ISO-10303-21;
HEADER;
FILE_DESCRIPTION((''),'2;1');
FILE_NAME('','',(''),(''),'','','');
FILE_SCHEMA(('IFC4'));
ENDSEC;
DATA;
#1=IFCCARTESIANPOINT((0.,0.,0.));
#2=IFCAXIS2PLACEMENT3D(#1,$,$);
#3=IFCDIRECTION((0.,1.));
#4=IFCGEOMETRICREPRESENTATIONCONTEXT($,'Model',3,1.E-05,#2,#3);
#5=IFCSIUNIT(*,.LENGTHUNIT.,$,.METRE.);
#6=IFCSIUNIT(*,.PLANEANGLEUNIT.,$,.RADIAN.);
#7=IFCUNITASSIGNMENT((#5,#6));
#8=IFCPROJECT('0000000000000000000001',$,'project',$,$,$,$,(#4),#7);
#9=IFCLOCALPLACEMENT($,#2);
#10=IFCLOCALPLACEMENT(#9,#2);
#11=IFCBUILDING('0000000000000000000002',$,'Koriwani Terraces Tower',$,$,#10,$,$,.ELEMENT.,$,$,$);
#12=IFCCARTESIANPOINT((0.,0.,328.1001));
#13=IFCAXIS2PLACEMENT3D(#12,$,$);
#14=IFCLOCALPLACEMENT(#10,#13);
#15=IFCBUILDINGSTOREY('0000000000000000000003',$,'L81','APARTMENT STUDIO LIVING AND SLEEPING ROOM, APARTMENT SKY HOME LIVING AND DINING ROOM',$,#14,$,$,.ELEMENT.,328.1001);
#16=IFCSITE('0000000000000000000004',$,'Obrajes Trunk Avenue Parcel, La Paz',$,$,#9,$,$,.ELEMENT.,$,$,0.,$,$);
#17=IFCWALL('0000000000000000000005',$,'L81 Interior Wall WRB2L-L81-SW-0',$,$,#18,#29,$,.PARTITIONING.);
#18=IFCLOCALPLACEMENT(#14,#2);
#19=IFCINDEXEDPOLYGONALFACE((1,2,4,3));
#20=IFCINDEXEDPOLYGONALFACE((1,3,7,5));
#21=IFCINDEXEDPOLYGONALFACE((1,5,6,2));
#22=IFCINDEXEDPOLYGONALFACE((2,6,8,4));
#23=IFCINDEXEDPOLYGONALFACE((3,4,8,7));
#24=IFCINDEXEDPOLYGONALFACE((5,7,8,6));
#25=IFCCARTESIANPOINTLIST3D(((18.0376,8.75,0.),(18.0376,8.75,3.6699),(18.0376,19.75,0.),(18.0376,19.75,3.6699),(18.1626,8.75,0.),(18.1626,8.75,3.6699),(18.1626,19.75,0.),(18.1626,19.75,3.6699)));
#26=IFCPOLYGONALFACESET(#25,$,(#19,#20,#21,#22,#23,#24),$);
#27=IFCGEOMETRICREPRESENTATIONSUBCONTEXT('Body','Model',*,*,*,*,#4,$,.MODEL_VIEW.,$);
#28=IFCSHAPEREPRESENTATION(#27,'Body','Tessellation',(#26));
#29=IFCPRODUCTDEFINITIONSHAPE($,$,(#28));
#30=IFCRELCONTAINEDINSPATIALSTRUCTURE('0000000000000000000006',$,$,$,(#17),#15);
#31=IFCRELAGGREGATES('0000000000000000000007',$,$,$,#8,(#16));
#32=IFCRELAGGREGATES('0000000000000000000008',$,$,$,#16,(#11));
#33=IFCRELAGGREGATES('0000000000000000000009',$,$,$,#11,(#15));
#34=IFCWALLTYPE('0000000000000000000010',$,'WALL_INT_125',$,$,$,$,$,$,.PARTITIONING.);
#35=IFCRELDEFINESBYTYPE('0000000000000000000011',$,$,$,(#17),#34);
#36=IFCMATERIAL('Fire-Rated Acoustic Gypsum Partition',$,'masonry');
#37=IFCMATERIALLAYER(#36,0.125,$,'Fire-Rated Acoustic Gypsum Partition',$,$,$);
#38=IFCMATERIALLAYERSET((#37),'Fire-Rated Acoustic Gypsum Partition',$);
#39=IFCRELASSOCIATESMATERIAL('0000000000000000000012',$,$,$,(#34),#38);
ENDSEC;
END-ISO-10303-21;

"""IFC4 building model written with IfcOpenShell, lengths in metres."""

from ifc_helpers import new_model, si_unit, direction, frame, frame_2d, origin, place, context, subcontext, project, spatial, rectangle, extrude, material, layer, layer_set, type_object, element, save


model = new_model("IFC4")

# Units and contexts
model_context = context("Model", 3, precision=1e-05, world=origin(), true_north=direction((0.0, 1.0)))
body_context = subcontext(model_context, "Body", "Model", "MODEL_VIEW")
ifc_project = project(units=[si_unit("LENGTHUNIT", "METRE"), si_unit("PLANEANGLEUNIT", "RADIAN")], contexts=[model_context])

# Site, building, storey
site_placement = place(None, origin())
site = spatial("IfcSite", under=ifc_project, at=site_placement, Name="Obrajes Trunk Avenue Parcel, La Paz", CompositionType="ELEMENT", RefElevation=0.0)
building_placement = place(site_placement, origin())
building = spatial("IfcBuilding", under=site, at=building_placement, Name="Koriwani Terraces Tower", CompositionType="ELEMENT")
storey_placement = place(building_placement, frame((0.0, 0.0, 328.1001)))
storey = spatial("IfcBuildingStorey", under=building, at=storey_placement, Name="L81", Description="APARTMENT STUDIO LIVING AND SLEEPING ROOM, APARTMENT SKY HOME LIVING AND DINING ROOM", CompositionType="ELEMENT", Elevation=328.1001)

# Wall
ifc_material_1 = material(Name="Fire-Rated Acoustic Gypsum Partition", Category="masonry")
ifc_layer_1 = layer(ifc_material_1, 0.125, Name="Fire-Rated Acoustic Gypsum Partition")
ifc_layer_set_1 = layer_set([ifc_layer_1], Name="Fire-Rated Acoustic Gypsum Partition")
wall_type_1 = type_object("IfcWallType", Name="WALL_INT_125", PredefinedType="PARTITIONING", material=ifc_layer_set_1)
for number, where, z_axis, x_axis, name in (
    (1, (18.1001, 8.75, 0.0), (0.0, 0.0, 1.0), (0.0, 1.0, 0.0), "L81 Interior Wall WRB2L-L81-SW-0"),
):
    element("IfcWall", number, at=place(storey_placement, frame(where, z_axis=z_axis, x_axis=x_axis)), inside=storey, type_object=wall_type_1, Name=name, PredefinedType="PARTITIONING", context=body_context, shape_type="SweptSolid", body=[
        extrude(rectangle(XDim=11.0, YDim=0.125, at=frame_2d((5.5, 0.0))), origin(), (0.0, 0.0, 1.0), 3.6699),
    ])

save(model, "model.ifc")
